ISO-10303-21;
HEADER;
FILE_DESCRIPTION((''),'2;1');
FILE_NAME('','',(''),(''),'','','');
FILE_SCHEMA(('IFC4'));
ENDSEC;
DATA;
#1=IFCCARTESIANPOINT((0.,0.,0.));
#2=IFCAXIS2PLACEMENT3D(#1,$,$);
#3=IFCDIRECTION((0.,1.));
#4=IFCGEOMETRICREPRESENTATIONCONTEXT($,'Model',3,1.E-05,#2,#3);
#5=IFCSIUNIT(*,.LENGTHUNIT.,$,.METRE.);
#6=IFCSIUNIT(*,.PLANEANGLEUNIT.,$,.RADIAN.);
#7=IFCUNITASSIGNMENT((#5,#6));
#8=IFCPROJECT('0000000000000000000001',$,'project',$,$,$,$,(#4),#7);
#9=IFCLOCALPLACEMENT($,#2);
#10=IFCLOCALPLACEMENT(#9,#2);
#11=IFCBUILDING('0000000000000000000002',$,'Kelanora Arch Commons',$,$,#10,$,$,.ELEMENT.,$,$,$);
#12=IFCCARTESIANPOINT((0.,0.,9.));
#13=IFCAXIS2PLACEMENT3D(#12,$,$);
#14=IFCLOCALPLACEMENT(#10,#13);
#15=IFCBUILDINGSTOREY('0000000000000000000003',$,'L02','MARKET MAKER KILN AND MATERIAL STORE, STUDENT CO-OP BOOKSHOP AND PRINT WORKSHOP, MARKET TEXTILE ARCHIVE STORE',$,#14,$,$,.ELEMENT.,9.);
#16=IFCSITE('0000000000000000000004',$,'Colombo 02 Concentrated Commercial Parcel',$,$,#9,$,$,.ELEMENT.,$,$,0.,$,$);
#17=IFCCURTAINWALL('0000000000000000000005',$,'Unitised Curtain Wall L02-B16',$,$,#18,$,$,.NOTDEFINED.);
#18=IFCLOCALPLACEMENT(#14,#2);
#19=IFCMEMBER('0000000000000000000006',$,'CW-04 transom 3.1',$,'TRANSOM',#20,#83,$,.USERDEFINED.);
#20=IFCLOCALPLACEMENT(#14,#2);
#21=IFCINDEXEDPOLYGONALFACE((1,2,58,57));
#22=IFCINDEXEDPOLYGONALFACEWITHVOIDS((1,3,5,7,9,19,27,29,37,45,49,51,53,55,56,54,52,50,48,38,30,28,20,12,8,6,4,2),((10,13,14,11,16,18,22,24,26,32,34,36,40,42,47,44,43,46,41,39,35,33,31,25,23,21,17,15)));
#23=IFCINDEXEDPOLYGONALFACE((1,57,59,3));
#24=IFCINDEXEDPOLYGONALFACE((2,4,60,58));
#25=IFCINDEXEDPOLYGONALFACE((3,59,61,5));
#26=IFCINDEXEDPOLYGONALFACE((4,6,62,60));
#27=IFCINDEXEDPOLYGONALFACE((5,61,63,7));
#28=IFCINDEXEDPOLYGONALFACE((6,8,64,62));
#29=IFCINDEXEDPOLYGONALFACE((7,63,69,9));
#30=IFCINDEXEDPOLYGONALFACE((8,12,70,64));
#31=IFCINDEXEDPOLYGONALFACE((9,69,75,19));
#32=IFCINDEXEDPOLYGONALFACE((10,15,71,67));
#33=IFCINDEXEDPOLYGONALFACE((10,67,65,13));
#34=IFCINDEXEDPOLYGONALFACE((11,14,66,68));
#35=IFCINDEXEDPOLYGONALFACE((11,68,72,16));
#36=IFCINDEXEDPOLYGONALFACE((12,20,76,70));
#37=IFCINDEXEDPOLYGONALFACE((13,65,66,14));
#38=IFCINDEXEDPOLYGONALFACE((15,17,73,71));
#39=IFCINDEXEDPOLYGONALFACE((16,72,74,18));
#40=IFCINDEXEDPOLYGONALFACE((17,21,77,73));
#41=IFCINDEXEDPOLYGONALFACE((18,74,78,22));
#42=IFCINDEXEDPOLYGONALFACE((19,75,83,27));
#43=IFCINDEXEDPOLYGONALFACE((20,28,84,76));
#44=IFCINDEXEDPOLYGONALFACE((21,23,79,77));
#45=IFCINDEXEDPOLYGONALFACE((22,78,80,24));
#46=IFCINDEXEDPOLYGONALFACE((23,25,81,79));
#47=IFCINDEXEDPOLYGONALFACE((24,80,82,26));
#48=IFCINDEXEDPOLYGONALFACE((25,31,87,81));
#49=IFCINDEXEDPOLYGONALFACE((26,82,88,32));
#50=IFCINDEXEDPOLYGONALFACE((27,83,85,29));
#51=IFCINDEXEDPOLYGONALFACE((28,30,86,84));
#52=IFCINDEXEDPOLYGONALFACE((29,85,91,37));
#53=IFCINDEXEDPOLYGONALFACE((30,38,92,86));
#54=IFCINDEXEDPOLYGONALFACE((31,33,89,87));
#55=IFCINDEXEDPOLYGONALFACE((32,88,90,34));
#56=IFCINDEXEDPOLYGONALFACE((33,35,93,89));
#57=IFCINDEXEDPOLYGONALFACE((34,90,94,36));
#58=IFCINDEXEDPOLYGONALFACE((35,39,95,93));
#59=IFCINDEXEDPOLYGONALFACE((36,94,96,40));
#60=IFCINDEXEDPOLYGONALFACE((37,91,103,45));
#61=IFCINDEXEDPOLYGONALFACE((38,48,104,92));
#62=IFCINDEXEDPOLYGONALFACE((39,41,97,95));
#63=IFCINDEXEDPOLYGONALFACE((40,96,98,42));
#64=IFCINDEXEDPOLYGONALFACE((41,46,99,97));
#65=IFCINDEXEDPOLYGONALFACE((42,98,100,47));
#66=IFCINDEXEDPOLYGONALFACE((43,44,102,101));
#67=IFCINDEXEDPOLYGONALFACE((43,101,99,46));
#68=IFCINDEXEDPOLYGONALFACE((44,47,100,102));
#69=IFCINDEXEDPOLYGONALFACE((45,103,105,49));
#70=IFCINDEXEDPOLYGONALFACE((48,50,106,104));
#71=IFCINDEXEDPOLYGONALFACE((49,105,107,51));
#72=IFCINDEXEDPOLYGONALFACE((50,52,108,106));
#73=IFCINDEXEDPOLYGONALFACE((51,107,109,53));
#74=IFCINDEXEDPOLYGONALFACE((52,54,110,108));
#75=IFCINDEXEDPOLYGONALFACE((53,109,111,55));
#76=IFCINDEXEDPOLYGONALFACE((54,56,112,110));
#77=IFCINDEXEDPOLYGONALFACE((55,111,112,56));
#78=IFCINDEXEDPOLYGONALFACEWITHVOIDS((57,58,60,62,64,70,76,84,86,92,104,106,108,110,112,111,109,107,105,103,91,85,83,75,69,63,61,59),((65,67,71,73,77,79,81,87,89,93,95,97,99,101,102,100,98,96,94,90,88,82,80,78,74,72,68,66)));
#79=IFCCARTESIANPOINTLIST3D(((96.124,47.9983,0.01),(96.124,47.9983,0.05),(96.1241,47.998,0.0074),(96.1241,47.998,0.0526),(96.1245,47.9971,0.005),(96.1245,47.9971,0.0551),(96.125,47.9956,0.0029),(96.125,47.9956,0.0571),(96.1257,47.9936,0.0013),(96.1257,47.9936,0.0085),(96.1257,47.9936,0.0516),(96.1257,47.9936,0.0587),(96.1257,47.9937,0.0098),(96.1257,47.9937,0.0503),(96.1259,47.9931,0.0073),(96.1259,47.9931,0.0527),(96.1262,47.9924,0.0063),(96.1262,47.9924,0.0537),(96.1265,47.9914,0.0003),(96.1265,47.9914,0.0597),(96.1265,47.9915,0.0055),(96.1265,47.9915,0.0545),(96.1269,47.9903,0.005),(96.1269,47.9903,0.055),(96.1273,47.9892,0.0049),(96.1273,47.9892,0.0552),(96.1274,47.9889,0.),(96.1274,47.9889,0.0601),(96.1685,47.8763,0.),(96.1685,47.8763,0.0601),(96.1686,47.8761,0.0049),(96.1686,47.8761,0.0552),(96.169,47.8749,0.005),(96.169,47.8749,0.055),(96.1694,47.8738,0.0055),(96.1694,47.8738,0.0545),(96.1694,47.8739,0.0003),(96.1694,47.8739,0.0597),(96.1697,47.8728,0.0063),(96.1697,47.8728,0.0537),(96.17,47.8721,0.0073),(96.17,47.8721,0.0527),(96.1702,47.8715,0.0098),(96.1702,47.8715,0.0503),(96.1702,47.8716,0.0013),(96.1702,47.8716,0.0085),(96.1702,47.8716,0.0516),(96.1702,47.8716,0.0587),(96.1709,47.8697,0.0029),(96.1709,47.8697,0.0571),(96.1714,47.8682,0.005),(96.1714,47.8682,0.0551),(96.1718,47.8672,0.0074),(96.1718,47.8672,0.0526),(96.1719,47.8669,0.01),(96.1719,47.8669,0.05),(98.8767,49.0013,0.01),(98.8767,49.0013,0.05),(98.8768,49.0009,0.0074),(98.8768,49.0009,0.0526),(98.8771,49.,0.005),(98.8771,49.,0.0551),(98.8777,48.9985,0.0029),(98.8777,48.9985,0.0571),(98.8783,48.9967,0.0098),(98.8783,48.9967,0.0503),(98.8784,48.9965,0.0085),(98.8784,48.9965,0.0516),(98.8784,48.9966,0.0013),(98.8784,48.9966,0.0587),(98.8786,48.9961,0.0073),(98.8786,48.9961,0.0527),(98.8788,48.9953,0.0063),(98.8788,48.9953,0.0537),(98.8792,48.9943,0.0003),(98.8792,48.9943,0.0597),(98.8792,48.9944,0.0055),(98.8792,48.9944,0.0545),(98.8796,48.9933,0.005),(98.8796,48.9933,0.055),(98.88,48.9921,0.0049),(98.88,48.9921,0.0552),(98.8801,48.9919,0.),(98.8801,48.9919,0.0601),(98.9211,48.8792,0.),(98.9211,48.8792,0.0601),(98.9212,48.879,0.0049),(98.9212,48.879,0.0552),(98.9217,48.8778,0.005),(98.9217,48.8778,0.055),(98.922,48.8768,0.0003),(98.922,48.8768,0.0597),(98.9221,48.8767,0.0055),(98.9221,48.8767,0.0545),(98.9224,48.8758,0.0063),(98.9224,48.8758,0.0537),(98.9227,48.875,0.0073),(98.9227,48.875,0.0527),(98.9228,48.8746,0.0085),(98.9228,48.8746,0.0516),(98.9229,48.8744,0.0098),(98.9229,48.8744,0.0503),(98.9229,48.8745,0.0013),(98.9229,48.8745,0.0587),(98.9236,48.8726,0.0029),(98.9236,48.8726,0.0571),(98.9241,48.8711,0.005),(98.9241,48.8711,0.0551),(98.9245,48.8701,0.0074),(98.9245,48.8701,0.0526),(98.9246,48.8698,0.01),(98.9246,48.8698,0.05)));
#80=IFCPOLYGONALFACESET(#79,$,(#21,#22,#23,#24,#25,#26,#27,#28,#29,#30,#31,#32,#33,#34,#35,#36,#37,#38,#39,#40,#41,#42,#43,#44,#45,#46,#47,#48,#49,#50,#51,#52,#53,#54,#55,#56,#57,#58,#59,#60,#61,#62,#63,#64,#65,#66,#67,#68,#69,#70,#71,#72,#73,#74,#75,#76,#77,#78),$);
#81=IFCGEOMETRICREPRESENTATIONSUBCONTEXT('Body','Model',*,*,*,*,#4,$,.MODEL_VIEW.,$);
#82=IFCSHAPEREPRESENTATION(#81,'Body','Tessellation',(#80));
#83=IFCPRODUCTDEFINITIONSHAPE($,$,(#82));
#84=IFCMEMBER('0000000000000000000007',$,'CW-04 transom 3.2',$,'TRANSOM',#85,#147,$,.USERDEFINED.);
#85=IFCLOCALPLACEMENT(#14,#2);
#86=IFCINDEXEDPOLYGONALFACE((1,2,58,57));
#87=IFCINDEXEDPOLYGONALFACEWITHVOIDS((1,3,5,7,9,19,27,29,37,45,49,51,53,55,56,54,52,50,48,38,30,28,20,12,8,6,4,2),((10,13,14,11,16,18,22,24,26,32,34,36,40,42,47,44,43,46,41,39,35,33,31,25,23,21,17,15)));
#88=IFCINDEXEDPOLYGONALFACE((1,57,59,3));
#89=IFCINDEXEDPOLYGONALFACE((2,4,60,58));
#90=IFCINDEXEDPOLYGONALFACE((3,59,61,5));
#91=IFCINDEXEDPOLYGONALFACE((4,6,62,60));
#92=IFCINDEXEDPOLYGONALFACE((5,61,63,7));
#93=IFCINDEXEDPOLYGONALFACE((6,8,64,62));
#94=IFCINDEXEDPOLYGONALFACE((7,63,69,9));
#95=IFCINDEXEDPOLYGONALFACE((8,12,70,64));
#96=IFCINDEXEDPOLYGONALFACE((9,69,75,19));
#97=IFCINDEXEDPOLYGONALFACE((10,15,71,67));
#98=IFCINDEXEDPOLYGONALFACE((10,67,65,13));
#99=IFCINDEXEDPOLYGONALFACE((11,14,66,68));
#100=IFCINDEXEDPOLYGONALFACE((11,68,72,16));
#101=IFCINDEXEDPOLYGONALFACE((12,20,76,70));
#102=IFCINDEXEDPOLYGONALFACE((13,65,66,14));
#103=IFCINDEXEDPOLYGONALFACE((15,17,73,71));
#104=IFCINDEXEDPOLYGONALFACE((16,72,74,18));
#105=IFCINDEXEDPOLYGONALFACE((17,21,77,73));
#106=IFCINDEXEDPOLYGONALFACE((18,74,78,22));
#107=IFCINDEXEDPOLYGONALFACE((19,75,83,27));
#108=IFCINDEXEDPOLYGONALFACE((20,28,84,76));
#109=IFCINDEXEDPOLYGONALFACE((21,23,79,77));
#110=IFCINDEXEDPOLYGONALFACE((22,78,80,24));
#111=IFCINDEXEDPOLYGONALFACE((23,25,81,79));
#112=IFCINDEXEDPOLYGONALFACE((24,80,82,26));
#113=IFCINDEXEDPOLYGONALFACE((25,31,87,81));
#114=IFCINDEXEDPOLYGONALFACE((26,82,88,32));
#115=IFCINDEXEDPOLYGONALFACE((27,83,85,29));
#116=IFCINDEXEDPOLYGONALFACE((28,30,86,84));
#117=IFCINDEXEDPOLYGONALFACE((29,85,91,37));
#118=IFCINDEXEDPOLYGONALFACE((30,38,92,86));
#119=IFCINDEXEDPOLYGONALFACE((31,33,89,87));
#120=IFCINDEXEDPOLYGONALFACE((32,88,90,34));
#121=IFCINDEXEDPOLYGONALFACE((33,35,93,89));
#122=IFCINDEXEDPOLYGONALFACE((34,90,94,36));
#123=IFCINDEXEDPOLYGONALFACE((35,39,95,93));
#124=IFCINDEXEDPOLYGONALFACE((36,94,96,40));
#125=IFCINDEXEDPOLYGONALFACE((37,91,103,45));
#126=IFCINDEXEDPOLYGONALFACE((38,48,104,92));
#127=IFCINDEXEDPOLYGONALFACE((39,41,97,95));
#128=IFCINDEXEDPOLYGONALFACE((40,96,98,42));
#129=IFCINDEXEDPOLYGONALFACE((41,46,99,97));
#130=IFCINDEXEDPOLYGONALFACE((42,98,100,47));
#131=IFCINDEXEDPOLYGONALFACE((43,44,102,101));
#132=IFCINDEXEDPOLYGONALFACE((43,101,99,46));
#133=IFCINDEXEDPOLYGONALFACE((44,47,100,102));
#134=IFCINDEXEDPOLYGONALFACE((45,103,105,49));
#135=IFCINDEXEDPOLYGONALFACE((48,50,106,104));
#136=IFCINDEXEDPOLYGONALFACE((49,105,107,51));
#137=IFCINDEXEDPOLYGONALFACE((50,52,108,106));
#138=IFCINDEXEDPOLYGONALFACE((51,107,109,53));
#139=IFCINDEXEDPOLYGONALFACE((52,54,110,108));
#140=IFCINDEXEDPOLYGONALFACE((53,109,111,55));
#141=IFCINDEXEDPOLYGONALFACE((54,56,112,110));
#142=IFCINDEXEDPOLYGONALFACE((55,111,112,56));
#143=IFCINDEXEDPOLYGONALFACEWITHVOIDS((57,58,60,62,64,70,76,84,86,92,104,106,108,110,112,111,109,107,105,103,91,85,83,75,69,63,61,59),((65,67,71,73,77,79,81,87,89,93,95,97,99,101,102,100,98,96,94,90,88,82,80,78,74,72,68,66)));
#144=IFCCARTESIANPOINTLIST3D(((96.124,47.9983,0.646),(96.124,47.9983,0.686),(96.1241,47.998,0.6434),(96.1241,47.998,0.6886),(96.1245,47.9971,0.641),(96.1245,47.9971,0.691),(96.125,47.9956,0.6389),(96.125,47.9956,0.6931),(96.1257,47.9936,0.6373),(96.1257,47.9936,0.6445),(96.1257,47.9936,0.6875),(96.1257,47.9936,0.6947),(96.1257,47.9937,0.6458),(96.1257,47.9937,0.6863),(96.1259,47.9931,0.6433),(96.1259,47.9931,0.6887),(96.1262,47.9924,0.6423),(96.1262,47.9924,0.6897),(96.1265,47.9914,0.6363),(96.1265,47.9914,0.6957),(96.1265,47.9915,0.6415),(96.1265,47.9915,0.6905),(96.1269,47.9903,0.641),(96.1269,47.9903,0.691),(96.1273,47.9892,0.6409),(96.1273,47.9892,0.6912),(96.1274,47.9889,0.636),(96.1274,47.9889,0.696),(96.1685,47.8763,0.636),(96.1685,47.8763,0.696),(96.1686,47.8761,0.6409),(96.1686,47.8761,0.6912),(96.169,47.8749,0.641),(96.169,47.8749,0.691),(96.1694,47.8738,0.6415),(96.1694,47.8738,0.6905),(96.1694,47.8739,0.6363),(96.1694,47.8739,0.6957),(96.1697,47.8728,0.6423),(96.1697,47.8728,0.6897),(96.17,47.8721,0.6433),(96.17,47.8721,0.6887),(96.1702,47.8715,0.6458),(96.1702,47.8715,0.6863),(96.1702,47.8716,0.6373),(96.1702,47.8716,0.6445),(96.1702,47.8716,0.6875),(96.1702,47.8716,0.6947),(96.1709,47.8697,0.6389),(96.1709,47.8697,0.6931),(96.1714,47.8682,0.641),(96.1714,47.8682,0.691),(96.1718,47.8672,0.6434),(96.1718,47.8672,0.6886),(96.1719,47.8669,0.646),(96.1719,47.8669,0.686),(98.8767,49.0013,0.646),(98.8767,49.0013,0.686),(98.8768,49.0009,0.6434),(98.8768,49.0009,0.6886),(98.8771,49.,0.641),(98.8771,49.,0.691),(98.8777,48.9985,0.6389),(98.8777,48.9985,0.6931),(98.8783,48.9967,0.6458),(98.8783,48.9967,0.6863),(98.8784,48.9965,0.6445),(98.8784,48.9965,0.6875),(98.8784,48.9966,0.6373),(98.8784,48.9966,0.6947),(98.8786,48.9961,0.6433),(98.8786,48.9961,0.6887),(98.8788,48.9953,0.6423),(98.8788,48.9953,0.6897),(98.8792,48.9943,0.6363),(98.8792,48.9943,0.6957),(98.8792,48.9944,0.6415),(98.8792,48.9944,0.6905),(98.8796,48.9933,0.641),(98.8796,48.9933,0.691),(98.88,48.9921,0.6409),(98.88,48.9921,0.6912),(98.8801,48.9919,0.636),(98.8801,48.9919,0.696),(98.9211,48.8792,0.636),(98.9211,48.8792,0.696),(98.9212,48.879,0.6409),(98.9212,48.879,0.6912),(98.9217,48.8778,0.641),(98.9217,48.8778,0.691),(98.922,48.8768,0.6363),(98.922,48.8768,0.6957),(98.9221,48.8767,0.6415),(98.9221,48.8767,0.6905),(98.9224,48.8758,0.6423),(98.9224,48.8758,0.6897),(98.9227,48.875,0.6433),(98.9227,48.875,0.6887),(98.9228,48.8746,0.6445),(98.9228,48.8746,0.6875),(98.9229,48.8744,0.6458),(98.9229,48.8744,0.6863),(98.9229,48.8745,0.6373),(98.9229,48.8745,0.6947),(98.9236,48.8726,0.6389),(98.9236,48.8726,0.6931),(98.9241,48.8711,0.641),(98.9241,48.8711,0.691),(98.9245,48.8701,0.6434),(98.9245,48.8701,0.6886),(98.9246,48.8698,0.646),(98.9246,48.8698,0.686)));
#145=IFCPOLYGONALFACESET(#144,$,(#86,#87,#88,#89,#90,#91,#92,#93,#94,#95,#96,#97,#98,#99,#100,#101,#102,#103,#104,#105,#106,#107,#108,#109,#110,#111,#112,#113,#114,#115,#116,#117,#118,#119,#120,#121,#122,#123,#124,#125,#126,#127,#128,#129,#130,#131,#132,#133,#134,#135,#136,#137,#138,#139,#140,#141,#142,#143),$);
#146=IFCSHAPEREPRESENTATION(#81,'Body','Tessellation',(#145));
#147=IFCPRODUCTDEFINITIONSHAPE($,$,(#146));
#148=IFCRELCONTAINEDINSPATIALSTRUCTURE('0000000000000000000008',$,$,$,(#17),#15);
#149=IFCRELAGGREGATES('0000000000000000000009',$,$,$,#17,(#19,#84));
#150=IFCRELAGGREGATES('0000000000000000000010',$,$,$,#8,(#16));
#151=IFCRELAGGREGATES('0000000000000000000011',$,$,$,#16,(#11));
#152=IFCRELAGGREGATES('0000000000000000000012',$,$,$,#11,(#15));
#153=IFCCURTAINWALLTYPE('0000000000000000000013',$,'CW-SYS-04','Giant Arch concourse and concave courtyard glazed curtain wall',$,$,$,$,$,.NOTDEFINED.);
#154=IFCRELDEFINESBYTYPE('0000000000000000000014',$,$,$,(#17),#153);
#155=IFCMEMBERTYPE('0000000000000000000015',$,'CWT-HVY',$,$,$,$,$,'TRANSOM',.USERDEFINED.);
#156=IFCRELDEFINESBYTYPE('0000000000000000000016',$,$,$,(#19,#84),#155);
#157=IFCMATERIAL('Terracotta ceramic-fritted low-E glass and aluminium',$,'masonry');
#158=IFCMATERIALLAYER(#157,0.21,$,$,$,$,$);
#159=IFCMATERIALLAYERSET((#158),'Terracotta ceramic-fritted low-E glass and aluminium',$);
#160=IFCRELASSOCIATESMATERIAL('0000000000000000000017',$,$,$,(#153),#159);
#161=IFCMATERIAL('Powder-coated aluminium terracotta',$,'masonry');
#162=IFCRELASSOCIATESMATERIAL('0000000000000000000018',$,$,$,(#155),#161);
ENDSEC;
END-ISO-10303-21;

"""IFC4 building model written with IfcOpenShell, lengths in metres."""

from ifc_helpers import new_model, si_unit, direction, frame, origin, origin_2d, place, context, subcontext, project, spatial, hollow_rectangle, extrude, material, layer, layer_set, material_profile, profile_set, type_object, element, aggregate, save


model = new_model("IFC4")

# Units and contexts
model_context = context("Model", 3, precision=1e-05, world=origin(), true_north=direction((0.0, 1.0)))
body_context = subcontext(model_context, "Body", "Model", "MODEL_VIEW")
ifc_project = project(units=[si_unit("LENGTHUNIT", "METRE"), si_unit("PLANEANGLEUNIT", "RADIAN")], contexts=[model_context])

# Site, building, storey
site_placement = place(None, origin())
site = spatial("IfcSite", under=ifc_project, at=site_placement, Name="Colombo 02 Concentrated Commercial Parcel", CompositionType="ELEMENT", RefElevation=0.0)
building_placement = place(site_placement, origin())
building = spatial("IfcBuilding", under=site, at=building_placement, Name="Kelanora Arch Commons", CompositionType="ELEMENT")
storey_placement = place(building_placement, frame((0.0, 0.0, 9.0)))
storey = spatial("IfcBuildingStorey", under=building, at=storey_placement, Name="L02", Description="MARKET MAKER KILN AND MATERIAL STORE, STUDENT CO-OP BOOKSHOP AND PRINT WORKSHOP, MARKET TEXTILE ARCHIVE STORE", CompositionType="ELEMENT", Elevation=9.0)

# Curtain wall, members
ifc_material_1 = material(Name="Terracotta ceramic-fritted low-E glass and aluminium", Category="masonry")
ifc_layer_1 = layer(ifc_material_1, 0.21)
ifc_layer_set_1 = layer_set([ifc_layer_1], Name="Terracotta ceramic-fritted low-E glass and aluminium")
curtain_wall_type = type_object("IfcCurtainWallType", Name="CW-SYS-04", Description="Giant Arch concourse and concave courtyard glazed curtain wall", PredefinedType="NOTDEFINED", material=ifc_layer_set_1)
curtain_wall_placement = place(storey_placement, origin())
curtain_wall = element("IfcCurtainWall", 1, at=curtain_wall_placement, inside=storey, type_object=curtain_wall_type, Name="Unitised Curtain Wall L02-B16", PredefinedType="NOTDEFINED")
ifc_material_2 = material(Name="Powder-coated aluminium terracotta", Category="masonry")
ifc_material_profile_1 = material_profile(ifc_material_2, hollow_rectangle(XDim=0.1399, YDim=0.0601, WallThickness=0.0049, InnerFilletRadius=0.0049, OuterFilletRadius=0.01, at=origin_2d()), Name="CWT140x60")
ifc_profile_set_1 = profile_set([ifc_material_profile_1], Name="Powder-coated aluminium terracotta")
member_type_1 = type_object("IfcMemberType", Name="CWT-HVY", ElementType="TRANSOM", PredefinedType="USERDEFINED", material=ifc_profile_set_1)
member_1_placement = place(storey_placement, frame((96.1479, 47.9326, 0.03), z_axis=(0.939579, 0.342332, 0.0), x_axis=(-0.342332, 0.939579, 0.0)))
member_1 = element("IfcMember", 2, at=member_1_placement, type_object=member_type_1, Name="CW-04 transom 3.1", ObjectType="TRANSOM", PredefinedType="USERDEFINED", context=body_context, shape_type="SweptSolid", body=[
    extrude(hollow_rectangle(XDim=0.1399, YDim=0.0601, WallThickness=0.0049, InnerFilletRadius=0.0049, OuterFilletRadius=0.01, at=origin_2d()), origin(), (0.0, 0.0, 1.0), 2.9297),
])
member_2_placement = place(storey_placement, frame((96.1479, 47.9326, 0.666), z_axis=(0.939579, 0.342332, 0.0), x_axis=(-0.342332, 0.939579, 0.0)))
member_2 = element("IfcMember", 3, at=member_2_placement, type_object=member_type_1, Name="CW-04 transom 3.2", ObjectType="TRANSOM", PredefinedType="USERDEFINED", context=body_context, shape_type="SweptSolid", body=[
    extrude(hollow_rectangle(XDim=0.1399, YDim=0.0601, WallThickness=0.0049, InnerFilletRadius=0.0049, OuterFilletRadius=0.01, at=origin_2d()), origin(), (0.0, 0.0, 1.0), 2.9297),
])
aggregate(curtain_wall, [member_1, member_2])

save(model, "model.ifc")
